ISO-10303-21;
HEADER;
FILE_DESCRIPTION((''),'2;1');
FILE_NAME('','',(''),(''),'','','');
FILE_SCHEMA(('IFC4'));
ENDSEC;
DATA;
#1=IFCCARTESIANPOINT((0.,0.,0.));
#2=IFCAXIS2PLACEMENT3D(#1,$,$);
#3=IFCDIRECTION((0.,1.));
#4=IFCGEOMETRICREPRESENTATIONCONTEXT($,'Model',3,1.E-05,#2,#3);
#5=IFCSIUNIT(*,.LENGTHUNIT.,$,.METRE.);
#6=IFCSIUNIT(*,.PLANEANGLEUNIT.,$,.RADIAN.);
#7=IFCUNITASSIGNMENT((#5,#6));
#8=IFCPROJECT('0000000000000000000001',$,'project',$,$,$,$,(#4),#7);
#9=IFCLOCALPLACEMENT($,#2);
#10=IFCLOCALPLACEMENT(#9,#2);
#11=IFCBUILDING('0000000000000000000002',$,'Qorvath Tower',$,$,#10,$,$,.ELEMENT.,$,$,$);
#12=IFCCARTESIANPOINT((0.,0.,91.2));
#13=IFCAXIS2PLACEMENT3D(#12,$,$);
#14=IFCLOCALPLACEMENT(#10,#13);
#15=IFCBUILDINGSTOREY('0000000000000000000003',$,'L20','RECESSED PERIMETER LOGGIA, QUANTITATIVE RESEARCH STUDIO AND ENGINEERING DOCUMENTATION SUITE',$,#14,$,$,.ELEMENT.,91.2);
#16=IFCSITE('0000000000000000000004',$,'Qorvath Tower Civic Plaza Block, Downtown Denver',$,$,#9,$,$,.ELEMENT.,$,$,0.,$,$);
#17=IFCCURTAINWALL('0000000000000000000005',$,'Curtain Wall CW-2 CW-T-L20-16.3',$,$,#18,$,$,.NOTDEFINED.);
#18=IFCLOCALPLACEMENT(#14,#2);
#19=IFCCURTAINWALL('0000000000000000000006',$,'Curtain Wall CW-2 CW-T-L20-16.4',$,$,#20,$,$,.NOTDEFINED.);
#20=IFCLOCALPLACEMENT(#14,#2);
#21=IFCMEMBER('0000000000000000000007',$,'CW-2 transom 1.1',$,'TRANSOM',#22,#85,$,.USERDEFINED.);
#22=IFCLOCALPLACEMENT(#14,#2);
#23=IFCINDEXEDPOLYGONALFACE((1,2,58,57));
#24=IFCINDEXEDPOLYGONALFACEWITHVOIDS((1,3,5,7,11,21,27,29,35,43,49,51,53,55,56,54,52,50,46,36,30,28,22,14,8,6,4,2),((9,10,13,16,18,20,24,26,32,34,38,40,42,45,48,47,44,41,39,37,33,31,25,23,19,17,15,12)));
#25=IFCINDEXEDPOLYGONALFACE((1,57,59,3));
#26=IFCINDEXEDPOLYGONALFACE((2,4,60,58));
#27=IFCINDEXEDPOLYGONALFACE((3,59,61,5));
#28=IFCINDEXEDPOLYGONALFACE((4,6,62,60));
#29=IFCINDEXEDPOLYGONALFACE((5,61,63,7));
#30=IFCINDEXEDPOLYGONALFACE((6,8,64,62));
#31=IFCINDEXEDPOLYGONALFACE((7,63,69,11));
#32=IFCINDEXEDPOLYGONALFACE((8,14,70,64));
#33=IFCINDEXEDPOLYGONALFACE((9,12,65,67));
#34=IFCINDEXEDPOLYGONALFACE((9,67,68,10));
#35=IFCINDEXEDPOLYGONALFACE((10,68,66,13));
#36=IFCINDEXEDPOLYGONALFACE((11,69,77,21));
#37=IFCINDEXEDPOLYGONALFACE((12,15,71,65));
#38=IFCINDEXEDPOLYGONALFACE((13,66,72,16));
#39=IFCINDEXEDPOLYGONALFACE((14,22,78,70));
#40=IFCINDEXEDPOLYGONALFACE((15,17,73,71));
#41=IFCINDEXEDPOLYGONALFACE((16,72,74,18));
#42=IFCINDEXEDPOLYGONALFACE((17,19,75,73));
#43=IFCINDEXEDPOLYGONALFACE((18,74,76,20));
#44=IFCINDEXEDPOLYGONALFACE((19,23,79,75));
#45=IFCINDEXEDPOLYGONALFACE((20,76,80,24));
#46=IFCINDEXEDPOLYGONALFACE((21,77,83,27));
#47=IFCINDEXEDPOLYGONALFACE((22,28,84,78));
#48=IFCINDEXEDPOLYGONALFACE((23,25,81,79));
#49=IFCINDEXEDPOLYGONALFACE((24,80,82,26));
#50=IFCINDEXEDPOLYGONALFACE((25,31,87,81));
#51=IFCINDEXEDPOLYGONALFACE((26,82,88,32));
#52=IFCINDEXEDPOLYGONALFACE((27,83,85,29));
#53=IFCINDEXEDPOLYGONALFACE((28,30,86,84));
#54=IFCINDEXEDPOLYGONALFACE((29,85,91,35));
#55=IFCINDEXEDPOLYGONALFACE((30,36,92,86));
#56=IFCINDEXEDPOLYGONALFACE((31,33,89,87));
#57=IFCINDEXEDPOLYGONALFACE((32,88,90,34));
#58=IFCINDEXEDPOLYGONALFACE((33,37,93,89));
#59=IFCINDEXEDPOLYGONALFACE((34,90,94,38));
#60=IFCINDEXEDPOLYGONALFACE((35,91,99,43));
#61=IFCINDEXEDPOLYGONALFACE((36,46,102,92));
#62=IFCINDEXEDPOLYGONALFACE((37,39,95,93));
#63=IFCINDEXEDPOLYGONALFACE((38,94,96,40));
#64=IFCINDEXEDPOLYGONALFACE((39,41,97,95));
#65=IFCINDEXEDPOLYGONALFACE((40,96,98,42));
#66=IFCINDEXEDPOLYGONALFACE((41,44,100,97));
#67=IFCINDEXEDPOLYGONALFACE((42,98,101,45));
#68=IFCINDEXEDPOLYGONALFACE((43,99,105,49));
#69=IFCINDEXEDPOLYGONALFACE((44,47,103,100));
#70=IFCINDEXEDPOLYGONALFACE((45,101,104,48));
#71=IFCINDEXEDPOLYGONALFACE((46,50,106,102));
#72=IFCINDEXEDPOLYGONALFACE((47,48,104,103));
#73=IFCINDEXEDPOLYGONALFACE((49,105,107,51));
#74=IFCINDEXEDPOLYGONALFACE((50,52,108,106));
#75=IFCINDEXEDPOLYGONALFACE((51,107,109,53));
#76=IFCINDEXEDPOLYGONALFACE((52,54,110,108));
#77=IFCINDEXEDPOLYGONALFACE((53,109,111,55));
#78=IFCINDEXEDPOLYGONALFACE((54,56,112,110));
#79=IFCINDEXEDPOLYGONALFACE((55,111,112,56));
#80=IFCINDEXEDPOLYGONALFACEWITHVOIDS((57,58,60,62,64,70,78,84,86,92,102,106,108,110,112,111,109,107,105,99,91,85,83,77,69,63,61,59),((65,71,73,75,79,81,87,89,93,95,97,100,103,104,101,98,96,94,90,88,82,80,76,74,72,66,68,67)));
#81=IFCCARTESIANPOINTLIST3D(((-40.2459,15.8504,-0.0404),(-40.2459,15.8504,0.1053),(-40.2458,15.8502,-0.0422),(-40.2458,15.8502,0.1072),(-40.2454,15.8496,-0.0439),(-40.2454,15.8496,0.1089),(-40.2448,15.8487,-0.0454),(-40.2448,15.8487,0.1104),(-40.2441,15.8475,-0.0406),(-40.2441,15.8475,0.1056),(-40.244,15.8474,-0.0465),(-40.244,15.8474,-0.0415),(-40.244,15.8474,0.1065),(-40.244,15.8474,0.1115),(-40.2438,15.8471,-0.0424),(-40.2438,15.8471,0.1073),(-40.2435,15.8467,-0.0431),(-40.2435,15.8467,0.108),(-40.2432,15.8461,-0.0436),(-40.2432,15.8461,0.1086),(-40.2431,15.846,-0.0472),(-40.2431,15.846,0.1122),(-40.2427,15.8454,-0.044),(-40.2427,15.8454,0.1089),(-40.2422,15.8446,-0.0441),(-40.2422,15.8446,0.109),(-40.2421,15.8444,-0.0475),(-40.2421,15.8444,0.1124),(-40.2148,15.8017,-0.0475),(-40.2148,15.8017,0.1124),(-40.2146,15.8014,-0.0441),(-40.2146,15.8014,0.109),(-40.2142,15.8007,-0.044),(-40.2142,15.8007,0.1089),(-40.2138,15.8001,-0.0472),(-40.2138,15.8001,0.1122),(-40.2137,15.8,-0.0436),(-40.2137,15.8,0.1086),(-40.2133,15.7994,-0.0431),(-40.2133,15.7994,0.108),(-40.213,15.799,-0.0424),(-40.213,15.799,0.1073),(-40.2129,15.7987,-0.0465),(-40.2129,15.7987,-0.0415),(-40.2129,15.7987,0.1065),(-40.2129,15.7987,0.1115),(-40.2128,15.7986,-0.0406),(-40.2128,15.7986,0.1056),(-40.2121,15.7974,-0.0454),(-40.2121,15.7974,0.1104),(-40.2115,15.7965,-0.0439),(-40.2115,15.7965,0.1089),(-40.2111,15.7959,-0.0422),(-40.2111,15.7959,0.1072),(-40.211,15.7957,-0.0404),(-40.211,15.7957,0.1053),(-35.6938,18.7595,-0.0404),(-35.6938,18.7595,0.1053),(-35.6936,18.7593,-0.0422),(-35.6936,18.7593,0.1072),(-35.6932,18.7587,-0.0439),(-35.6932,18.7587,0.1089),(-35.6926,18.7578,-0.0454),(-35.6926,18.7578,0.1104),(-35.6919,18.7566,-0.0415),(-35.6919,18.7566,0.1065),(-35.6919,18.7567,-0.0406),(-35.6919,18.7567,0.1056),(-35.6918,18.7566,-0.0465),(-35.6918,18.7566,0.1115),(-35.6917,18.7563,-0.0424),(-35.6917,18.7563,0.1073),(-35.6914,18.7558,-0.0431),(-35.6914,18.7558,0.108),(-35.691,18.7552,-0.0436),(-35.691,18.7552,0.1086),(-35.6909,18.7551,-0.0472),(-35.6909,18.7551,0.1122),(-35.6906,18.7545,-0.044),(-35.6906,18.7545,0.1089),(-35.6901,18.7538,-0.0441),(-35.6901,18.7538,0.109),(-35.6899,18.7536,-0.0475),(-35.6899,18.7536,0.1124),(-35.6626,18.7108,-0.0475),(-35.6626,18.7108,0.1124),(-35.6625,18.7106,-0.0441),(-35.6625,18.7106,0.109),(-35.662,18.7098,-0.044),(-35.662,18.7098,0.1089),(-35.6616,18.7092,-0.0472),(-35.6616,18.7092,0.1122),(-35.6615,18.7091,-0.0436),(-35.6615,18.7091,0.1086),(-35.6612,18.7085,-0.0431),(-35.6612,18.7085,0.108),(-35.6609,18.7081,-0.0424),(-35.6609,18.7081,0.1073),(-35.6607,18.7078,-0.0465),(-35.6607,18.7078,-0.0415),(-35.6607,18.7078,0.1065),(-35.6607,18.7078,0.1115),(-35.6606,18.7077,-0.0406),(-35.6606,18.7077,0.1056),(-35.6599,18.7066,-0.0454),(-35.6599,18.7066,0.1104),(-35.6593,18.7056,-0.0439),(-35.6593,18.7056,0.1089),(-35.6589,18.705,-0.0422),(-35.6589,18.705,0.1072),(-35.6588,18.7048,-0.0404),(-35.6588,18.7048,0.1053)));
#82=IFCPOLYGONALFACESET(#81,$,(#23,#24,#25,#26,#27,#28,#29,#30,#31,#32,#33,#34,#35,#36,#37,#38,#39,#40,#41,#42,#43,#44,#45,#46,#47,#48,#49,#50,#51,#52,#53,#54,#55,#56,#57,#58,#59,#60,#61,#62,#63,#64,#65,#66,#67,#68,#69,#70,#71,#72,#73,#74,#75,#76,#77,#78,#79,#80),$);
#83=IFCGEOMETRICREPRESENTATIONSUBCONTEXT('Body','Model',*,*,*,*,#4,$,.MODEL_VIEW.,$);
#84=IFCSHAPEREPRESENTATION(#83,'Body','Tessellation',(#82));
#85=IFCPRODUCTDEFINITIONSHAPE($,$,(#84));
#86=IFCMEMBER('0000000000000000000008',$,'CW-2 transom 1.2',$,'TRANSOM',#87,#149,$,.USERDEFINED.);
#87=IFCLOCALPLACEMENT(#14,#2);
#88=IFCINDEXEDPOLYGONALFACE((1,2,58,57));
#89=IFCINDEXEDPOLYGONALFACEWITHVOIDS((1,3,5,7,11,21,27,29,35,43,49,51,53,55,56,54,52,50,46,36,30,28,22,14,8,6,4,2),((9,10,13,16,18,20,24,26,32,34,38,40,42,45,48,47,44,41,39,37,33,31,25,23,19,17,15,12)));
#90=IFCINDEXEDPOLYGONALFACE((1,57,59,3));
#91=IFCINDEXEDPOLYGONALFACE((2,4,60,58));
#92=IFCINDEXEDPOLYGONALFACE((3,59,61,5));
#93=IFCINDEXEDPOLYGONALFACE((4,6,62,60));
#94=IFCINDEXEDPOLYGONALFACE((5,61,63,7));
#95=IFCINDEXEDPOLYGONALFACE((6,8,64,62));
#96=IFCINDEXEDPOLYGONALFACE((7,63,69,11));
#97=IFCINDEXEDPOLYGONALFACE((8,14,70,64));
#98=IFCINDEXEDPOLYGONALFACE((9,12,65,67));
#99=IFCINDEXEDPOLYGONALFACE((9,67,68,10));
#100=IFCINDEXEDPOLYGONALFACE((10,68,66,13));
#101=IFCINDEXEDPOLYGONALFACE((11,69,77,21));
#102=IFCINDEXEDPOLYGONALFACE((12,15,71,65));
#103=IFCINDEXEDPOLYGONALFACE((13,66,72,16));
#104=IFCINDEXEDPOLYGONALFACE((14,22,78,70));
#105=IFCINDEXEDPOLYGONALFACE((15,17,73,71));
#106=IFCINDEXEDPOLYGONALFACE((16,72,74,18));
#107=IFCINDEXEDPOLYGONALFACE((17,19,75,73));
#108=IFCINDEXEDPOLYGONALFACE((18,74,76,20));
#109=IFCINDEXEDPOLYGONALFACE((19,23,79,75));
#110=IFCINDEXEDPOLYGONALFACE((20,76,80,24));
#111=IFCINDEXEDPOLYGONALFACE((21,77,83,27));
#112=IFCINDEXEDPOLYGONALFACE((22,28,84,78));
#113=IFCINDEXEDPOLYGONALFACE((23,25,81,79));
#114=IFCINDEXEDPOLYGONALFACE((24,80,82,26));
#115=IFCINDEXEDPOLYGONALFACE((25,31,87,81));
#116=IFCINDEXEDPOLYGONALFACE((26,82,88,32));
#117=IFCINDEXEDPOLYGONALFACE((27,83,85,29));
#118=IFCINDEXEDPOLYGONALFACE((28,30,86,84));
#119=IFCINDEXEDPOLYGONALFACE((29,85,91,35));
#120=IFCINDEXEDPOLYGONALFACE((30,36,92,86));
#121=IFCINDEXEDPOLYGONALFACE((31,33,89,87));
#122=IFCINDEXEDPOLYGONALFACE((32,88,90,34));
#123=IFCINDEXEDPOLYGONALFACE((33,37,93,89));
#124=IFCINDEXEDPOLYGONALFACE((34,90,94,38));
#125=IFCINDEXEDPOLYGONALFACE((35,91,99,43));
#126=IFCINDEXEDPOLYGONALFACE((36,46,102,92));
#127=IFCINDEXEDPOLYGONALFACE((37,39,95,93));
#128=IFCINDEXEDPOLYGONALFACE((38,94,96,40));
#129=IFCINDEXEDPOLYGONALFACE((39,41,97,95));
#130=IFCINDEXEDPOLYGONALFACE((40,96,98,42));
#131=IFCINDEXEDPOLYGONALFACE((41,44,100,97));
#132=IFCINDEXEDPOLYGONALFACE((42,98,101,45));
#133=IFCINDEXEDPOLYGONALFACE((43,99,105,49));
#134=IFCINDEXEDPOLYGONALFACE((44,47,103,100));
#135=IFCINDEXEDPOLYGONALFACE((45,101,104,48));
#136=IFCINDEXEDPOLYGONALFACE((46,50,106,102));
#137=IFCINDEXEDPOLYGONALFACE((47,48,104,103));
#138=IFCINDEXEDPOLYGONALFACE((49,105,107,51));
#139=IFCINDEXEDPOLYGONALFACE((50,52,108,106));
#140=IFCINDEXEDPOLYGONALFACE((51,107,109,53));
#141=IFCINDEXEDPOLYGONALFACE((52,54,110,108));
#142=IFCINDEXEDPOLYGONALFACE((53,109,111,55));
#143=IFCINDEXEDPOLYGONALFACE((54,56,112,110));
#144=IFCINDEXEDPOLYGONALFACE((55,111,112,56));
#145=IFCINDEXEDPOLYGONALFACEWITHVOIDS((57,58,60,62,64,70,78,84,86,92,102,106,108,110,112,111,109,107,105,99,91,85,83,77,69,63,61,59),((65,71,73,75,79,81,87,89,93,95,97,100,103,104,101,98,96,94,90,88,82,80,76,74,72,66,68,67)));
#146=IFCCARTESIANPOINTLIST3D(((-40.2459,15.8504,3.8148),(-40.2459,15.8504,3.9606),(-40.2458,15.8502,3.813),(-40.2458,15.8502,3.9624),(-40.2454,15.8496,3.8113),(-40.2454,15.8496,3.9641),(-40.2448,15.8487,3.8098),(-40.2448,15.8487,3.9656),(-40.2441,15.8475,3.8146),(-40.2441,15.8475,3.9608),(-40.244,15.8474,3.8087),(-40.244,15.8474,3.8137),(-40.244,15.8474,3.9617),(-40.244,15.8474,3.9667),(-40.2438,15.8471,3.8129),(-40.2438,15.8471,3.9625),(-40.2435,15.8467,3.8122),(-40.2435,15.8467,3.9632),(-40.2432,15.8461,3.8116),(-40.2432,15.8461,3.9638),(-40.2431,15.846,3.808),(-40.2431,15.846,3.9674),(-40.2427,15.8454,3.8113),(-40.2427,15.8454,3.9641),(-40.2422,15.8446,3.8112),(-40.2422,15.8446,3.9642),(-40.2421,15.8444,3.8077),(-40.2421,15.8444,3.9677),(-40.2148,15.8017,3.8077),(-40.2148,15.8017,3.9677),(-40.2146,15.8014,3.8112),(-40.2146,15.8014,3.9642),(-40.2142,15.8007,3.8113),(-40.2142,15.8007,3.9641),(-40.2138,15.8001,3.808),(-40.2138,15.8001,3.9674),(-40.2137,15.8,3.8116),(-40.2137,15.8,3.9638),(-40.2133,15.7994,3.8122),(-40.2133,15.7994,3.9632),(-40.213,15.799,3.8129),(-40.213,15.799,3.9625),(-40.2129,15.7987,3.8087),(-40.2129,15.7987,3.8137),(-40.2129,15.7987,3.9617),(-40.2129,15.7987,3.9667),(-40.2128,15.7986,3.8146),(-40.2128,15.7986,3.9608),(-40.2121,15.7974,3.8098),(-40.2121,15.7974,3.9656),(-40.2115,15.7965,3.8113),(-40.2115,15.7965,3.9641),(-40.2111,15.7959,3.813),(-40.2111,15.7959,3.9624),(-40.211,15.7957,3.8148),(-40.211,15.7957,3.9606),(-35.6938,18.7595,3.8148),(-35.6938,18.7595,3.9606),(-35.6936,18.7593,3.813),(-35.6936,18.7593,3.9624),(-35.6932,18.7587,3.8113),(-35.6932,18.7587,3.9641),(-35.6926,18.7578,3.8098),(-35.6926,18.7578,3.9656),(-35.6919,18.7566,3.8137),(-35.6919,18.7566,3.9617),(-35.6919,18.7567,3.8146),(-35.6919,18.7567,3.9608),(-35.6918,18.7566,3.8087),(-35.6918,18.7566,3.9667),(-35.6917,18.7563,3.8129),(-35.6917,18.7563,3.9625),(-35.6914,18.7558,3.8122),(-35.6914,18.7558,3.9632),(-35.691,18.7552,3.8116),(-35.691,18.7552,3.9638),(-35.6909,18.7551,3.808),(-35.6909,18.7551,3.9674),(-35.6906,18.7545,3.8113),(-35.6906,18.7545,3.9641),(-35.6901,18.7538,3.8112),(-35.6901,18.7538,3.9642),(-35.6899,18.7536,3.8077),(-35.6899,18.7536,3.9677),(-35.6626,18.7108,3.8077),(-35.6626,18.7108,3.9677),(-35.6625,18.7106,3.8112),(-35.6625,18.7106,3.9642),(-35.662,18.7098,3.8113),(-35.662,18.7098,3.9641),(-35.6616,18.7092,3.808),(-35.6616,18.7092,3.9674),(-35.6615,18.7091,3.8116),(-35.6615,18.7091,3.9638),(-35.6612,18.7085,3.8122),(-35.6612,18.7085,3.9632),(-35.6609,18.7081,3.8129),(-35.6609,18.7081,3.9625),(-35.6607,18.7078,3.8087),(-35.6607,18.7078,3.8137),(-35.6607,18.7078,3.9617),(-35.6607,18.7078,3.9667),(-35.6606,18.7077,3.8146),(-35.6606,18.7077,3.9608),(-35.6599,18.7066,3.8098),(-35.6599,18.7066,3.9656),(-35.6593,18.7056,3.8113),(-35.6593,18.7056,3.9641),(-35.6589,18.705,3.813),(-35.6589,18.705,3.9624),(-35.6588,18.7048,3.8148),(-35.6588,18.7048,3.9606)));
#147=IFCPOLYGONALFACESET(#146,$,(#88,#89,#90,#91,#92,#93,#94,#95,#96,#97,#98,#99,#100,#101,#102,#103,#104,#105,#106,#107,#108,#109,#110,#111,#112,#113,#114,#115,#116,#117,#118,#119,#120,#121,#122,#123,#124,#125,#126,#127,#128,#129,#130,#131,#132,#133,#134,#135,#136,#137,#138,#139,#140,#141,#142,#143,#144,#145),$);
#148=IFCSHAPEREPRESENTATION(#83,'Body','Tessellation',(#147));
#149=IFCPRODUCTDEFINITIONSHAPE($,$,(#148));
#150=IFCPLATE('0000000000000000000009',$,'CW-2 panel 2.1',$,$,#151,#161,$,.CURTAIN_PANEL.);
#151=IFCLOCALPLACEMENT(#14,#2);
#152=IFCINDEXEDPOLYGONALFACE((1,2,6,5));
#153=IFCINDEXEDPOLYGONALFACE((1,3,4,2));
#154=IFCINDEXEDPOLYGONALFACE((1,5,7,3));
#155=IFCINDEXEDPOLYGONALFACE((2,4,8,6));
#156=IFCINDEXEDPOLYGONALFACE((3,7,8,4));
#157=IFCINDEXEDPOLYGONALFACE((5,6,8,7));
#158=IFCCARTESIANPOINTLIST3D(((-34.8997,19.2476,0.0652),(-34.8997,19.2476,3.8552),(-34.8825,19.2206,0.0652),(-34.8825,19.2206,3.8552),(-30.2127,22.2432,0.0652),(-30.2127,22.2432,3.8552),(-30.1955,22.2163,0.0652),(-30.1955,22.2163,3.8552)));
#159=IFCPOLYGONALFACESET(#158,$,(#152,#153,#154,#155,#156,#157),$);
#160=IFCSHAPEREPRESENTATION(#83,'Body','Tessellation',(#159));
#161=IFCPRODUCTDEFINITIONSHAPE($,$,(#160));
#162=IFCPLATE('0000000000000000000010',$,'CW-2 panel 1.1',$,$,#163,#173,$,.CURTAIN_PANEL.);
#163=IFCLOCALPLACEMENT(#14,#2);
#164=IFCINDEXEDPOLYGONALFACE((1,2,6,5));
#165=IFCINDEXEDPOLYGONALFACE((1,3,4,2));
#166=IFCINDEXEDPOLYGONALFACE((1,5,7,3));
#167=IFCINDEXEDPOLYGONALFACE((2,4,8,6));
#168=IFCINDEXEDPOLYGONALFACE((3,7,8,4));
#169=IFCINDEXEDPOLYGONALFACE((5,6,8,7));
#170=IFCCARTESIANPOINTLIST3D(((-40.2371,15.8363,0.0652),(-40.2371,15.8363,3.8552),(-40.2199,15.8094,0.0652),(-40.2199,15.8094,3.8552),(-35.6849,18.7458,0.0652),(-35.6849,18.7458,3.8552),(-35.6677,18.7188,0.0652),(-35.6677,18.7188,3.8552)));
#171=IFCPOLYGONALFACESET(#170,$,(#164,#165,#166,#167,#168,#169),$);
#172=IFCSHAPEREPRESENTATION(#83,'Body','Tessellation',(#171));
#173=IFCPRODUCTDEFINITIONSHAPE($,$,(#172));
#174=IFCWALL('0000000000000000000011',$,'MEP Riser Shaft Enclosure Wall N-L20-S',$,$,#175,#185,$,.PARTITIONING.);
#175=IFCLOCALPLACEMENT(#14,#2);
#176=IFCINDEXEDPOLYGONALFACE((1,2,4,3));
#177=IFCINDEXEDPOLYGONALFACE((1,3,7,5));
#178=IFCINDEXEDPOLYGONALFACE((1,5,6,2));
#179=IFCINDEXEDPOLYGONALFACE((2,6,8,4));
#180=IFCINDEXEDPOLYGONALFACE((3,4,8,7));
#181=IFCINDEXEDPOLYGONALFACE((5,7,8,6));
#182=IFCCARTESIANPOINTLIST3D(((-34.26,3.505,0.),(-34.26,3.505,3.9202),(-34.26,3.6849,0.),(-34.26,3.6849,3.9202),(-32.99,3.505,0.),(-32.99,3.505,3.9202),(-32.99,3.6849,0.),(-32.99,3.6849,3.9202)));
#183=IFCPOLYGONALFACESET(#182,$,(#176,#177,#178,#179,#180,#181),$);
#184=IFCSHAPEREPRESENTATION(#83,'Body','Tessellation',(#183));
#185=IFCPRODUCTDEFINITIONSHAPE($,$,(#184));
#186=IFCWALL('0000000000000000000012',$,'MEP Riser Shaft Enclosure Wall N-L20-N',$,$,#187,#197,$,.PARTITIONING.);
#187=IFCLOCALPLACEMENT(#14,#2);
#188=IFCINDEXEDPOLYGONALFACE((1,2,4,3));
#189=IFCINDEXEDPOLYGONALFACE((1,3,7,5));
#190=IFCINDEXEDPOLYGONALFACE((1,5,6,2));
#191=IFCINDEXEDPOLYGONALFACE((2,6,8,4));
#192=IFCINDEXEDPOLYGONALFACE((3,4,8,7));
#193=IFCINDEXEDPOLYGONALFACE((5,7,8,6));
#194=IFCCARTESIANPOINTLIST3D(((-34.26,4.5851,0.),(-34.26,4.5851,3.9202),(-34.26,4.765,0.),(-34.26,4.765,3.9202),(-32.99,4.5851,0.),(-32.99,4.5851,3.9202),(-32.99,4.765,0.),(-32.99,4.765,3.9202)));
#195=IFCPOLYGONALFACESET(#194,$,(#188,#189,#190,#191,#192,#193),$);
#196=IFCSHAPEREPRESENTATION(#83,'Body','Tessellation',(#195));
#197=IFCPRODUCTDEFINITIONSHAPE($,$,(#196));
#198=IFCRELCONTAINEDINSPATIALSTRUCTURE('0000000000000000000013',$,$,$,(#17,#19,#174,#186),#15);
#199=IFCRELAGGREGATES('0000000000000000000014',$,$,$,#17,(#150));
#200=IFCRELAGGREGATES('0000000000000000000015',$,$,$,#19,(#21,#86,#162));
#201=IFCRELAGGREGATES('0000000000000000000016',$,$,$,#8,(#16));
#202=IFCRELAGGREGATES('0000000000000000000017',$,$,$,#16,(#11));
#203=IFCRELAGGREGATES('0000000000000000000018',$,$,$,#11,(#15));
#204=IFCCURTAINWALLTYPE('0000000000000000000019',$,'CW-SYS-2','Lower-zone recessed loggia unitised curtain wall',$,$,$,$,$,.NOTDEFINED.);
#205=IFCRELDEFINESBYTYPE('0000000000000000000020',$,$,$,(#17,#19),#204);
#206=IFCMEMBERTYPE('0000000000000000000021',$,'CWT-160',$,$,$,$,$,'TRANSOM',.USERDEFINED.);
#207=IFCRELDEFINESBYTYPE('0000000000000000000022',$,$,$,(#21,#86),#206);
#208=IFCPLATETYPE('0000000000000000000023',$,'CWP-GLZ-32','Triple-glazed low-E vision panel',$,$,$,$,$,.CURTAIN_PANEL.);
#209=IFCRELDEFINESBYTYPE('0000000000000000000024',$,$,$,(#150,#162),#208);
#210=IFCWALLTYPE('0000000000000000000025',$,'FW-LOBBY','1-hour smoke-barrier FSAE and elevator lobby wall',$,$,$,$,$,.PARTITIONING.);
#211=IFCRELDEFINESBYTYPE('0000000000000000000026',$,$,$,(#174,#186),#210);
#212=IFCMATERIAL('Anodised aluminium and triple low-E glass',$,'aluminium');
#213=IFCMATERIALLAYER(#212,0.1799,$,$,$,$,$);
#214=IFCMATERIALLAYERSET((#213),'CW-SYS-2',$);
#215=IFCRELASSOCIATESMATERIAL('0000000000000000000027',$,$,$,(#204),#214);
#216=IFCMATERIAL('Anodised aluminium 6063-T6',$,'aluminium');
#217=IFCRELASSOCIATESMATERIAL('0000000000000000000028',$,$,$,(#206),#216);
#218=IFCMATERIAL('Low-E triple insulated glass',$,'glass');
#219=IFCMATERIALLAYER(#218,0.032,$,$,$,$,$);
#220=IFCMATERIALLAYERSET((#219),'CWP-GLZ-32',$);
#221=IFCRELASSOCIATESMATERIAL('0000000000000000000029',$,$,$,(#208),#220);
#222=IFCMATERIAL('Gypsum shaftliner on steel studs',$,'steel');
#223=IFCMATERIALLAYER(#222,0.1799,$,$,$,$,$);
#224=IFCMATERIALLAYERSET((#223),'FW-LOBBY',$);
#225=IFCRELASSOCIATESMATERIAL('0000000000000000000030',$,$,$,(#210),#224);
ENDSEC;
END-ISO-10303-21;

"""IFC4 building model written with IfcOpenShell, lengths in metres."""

from ifc_helpers import new_model, si_unit, direction, frame, frame_2d, origin, origin_2d, place, context, subcontext, project, spatial, rectangle, hollow_rectangle, extrude, material, layer, layer_set, material_profile, profile_set, type_object, element, aggregate, save


model = new_model("IFC4")

# Units and contexts
model_context = context("Model", 3, precision=1e-05, world=origin(), true_north=direction((0.0, 1.0)))
body_context = subcontext(model_context, "Body", "Model", "MODEL_VIEW")
ifc_project = project(units=[si_unit("LENGTHUNIT", "METRE"), si_unit("PLANEANGLEUNIT", "RADIAN")], contexts=[model_context])

# Site, building, storey
site_placement = place(None, origin())
site = spatial("IfcSite", under=ifc_project, at=site_placement, Name="Qorvath Tower Civic Plaza Block, Downtown Denver", CompositionType="ELEMENT", RefElevation=0.0)
building_placement = place(site_placement, origin())
building = spatial("IfcBuilding", under=site, at=building_placement, Name="Qorvath Tower", CompositionType="ELEMENT")
storey_placement = place(building_placement, frame((0.0, 0.0, 91.2)))
storey = spatial("IfcBuildingStorey", under=building, at=storey_placement, Name="L20", Description="RECESSED PERIMETER LOGGIA, QUANTITATIVE RESEARCH STUDIO AND ENGINEERING DOCUMENTATION SUITE", CompositionType="ELEMENT", Elevation=91.2)

# Curtain wall
ifc_material_1 = material(Name="Anodised aluminium and triple low-E glass", Category="aluminium")
ifc_layer_1 = layer(ifc_material_1, 0.1799)
ifc_layer_set_1 = layer_set([ifc_layer_1], Name="CW-SYS-2")
curtain_wall_type = type_object("IfcCurtainWallType", Name="CW-SYS-2", Description="Lower-zone recessed loggia unitised curtain wall", PredefinedType="NOTDEFINED", material=ifc_layer_set_1)
curtain_wall_1_placement = place(storey_placement, origin())
curtain_wall_1 = element("IfcCurtainWall", 1, at=curtain_wall_1_placement, inside=storey, type_object=curtain_wall_type, Name="Curtain Wall CW-2 CW-T-L20-16.3", PredefinedType="NOTDEFINED")

# Curtain wall, members
curtain_wall_2_placement = place(storey_placement, origin())
curtain_wall_2 = element("IfcCurtainWall", 2, at=curtain_wall_2_placement, inside=storey, type_object=curtain_wall_type, Name="Curtain Wall CW-2 CW-T-L20-16.4", PredefinedType="NOTDEFINED")
ifc_material_2 = material(Name="Anodised aluminium 6063-T6", Category="aluminium")
ifc_material_profile_1 = material_profile(ifc_material_2, hollow_rectangle(XDim=0.0649, YDim=0.1599, WallThickness=0.0034, InnerFilletRadius=0.0034, OuterFilletRadius=0.0071, at=origin_2d()), Name="CWT 160x65")
ifc_profile_set_1 = profile_set([ifc_material_profile_1], Name="Anodised aluminium 6063-T6")
member_type_1 = type_object("IfcMemberType", Name="CWT-160", ElementType="TRANSOM", PredefinedType="USERDEFINED", material=ifc_profile_set_1)
member_1_placement = place(storey_placement, frame((-35.6763, 18.7322, 0.0325), z_axis=(-0.842629, -0.538494, 0.0), x_axis=(0.538494, -0.842629, 0.0)))
member_1 = element("IfcMember", 3, at=member_1_placement, type_object=member_type_1, Name="CW-2 transom 1.1", ObjectType="TRANSOM", PredefinedType="USERDEFINED", context=body_context, shape_type="SweptSolid", body=[
    extrude(hollow_rectangle(XDim=0.0649, YDim=0.1599, WallThickness=0.0034, InnerFilletRadius=0.0034, OuterFilletRadius=0.0071, at=origin_2d()), origin(), (0.0, 0.0, 1.0), 5.4023),
])
member_2_placement = place(storey_placement, frame((-35.6763, 18.7322, 3.8877), z_axis=(-0.842629, -0.538494, 0.0), x_axis=(0.538494, -0.842629, 0.0)))
member_2 = element("IfcMember", 4, at=member_2_placement, type_object=member_type_1, Name="CW-2 transom 1.2", ObjectType="TRANSOM", PredefinedType="USERDEFINED", context=body_context, shape_type="SweptSolid", body=[
    extrude(hollow_rectangle(XDim=0.0649, YDim=0.1599, WallThickness=0.0034, InnerFilletRadius=0.0034, OuterFilletRadius=0.0071, at=origin_2d()), origin(), (0.0, 0.0, 1.0), 5.4023),
])

# Plates
ifc_material_3 = material(Name="Low-E triple insulated glass", Category="glass")
ifc_layer_2 = layer(ifc_material_3, 0.032)
ifc_layer_set_2 = layer_set([ifc_layer_2], Name="CWP-GLZ-32")
plate_type = type_object("IfcPlateType", Name="CWP-GLZ-32", Description="Triple-glazed low-E vision panel", PredefinedType="CURTAIN_PANEL", material=ifc_layer_set_2)
plate_1_placement = place(storey_placement, frame((-32.5476, 20.7319, 0.0652), z_axis=(0.0, 0.0, 1.0), x_axis=(-0.842599, -0.538541, 0.0)))
plate_1 = element("IfcPlate", 5, at=plate_1_placement, type_object=plate_type, Name="CW-2 panel 2.1", PredefinedType="CURTAIN_PANEL", context=body_context, shape_type="SweptSolid", body=[
    extrude(rectangle(XDim=5.5625, YDim=0.032, at=origin_2d()), origin(), (0.0, 0.0, 1.0), 3.79),
])
aggregate(curtain_wall_1, [plate_1])
plate_2_placement = place(storey_placement, frame((-37.9524, 17.2776, 0.0652), z_axis=(0.0, 0.0, 1.0), x_axis=(-0.842607, -0.538529, 0.0)))
plate_2 = element("IfcPlate", 6, at=plate_2_placement, type_object=plate_type, Name="CW-2 panel 1.1", PredefinedType="CURTAIN_PANEL", context=body_context, shape_type="SweptSolid", body=[
    extrude(rectangle(XDim=5.4026, YDim=0.032, at=origin_2d()), origin(), (0.0, 0.0, 1.0), 3.79),
])
aggregate(curtain_wall_2, [member_1, member_2, plate_2])

# Walls
ifc_material_4 = material(Name="Gypsum shaftliner on steel studs", Category="steel")
ifc_layer_3 = layer(ifc_material_4, 0.1799)
ifc_layer_set_3 = layer_set([ifc_layer_3], Name="FW-LOBBY")
wall_type_1 = type_object("IfcWallType", Name="FW-LOBBY", Description="1-hour smoke-barrier FSAE and elevator lobby wall", PredefinedType="PARTITIONING", material=ifc_layer_set_3)
for number, where, z_axis, x_axis, name in (
    (7, (-32.99, 3.595, 0.0), (0.0, 0.0, 1.0), (-1.0, 0.0, 0.0), "MEP Riser Shaft Enclosure Wall N-L20-S"),
    (8, (-34.26, 4.675, 0.0), (0.0, 0.0, 1.0), (1.0, 0.0, 0.0), "MEP Riser Shaft Enclosure Wall N-L20-N"),
):
    element("IfcWall", number, at=place(storey_placement, frame(where, z_axis=z_axis, x_axis=x_axis)), inside=storey, type_object=wall_type_1, Name=name, PredefinedType="PARTITIONING", context=body_context, shape_type="SweptSolid", body=[
        extrude(rectangle(XDim=1.27, YDim=0.1799, at=frame_2d((0.635, 0.0))), origin(), (0.0, 0.0, 1.0), 3.9202),
    ])

save(model, "model.ifc")
